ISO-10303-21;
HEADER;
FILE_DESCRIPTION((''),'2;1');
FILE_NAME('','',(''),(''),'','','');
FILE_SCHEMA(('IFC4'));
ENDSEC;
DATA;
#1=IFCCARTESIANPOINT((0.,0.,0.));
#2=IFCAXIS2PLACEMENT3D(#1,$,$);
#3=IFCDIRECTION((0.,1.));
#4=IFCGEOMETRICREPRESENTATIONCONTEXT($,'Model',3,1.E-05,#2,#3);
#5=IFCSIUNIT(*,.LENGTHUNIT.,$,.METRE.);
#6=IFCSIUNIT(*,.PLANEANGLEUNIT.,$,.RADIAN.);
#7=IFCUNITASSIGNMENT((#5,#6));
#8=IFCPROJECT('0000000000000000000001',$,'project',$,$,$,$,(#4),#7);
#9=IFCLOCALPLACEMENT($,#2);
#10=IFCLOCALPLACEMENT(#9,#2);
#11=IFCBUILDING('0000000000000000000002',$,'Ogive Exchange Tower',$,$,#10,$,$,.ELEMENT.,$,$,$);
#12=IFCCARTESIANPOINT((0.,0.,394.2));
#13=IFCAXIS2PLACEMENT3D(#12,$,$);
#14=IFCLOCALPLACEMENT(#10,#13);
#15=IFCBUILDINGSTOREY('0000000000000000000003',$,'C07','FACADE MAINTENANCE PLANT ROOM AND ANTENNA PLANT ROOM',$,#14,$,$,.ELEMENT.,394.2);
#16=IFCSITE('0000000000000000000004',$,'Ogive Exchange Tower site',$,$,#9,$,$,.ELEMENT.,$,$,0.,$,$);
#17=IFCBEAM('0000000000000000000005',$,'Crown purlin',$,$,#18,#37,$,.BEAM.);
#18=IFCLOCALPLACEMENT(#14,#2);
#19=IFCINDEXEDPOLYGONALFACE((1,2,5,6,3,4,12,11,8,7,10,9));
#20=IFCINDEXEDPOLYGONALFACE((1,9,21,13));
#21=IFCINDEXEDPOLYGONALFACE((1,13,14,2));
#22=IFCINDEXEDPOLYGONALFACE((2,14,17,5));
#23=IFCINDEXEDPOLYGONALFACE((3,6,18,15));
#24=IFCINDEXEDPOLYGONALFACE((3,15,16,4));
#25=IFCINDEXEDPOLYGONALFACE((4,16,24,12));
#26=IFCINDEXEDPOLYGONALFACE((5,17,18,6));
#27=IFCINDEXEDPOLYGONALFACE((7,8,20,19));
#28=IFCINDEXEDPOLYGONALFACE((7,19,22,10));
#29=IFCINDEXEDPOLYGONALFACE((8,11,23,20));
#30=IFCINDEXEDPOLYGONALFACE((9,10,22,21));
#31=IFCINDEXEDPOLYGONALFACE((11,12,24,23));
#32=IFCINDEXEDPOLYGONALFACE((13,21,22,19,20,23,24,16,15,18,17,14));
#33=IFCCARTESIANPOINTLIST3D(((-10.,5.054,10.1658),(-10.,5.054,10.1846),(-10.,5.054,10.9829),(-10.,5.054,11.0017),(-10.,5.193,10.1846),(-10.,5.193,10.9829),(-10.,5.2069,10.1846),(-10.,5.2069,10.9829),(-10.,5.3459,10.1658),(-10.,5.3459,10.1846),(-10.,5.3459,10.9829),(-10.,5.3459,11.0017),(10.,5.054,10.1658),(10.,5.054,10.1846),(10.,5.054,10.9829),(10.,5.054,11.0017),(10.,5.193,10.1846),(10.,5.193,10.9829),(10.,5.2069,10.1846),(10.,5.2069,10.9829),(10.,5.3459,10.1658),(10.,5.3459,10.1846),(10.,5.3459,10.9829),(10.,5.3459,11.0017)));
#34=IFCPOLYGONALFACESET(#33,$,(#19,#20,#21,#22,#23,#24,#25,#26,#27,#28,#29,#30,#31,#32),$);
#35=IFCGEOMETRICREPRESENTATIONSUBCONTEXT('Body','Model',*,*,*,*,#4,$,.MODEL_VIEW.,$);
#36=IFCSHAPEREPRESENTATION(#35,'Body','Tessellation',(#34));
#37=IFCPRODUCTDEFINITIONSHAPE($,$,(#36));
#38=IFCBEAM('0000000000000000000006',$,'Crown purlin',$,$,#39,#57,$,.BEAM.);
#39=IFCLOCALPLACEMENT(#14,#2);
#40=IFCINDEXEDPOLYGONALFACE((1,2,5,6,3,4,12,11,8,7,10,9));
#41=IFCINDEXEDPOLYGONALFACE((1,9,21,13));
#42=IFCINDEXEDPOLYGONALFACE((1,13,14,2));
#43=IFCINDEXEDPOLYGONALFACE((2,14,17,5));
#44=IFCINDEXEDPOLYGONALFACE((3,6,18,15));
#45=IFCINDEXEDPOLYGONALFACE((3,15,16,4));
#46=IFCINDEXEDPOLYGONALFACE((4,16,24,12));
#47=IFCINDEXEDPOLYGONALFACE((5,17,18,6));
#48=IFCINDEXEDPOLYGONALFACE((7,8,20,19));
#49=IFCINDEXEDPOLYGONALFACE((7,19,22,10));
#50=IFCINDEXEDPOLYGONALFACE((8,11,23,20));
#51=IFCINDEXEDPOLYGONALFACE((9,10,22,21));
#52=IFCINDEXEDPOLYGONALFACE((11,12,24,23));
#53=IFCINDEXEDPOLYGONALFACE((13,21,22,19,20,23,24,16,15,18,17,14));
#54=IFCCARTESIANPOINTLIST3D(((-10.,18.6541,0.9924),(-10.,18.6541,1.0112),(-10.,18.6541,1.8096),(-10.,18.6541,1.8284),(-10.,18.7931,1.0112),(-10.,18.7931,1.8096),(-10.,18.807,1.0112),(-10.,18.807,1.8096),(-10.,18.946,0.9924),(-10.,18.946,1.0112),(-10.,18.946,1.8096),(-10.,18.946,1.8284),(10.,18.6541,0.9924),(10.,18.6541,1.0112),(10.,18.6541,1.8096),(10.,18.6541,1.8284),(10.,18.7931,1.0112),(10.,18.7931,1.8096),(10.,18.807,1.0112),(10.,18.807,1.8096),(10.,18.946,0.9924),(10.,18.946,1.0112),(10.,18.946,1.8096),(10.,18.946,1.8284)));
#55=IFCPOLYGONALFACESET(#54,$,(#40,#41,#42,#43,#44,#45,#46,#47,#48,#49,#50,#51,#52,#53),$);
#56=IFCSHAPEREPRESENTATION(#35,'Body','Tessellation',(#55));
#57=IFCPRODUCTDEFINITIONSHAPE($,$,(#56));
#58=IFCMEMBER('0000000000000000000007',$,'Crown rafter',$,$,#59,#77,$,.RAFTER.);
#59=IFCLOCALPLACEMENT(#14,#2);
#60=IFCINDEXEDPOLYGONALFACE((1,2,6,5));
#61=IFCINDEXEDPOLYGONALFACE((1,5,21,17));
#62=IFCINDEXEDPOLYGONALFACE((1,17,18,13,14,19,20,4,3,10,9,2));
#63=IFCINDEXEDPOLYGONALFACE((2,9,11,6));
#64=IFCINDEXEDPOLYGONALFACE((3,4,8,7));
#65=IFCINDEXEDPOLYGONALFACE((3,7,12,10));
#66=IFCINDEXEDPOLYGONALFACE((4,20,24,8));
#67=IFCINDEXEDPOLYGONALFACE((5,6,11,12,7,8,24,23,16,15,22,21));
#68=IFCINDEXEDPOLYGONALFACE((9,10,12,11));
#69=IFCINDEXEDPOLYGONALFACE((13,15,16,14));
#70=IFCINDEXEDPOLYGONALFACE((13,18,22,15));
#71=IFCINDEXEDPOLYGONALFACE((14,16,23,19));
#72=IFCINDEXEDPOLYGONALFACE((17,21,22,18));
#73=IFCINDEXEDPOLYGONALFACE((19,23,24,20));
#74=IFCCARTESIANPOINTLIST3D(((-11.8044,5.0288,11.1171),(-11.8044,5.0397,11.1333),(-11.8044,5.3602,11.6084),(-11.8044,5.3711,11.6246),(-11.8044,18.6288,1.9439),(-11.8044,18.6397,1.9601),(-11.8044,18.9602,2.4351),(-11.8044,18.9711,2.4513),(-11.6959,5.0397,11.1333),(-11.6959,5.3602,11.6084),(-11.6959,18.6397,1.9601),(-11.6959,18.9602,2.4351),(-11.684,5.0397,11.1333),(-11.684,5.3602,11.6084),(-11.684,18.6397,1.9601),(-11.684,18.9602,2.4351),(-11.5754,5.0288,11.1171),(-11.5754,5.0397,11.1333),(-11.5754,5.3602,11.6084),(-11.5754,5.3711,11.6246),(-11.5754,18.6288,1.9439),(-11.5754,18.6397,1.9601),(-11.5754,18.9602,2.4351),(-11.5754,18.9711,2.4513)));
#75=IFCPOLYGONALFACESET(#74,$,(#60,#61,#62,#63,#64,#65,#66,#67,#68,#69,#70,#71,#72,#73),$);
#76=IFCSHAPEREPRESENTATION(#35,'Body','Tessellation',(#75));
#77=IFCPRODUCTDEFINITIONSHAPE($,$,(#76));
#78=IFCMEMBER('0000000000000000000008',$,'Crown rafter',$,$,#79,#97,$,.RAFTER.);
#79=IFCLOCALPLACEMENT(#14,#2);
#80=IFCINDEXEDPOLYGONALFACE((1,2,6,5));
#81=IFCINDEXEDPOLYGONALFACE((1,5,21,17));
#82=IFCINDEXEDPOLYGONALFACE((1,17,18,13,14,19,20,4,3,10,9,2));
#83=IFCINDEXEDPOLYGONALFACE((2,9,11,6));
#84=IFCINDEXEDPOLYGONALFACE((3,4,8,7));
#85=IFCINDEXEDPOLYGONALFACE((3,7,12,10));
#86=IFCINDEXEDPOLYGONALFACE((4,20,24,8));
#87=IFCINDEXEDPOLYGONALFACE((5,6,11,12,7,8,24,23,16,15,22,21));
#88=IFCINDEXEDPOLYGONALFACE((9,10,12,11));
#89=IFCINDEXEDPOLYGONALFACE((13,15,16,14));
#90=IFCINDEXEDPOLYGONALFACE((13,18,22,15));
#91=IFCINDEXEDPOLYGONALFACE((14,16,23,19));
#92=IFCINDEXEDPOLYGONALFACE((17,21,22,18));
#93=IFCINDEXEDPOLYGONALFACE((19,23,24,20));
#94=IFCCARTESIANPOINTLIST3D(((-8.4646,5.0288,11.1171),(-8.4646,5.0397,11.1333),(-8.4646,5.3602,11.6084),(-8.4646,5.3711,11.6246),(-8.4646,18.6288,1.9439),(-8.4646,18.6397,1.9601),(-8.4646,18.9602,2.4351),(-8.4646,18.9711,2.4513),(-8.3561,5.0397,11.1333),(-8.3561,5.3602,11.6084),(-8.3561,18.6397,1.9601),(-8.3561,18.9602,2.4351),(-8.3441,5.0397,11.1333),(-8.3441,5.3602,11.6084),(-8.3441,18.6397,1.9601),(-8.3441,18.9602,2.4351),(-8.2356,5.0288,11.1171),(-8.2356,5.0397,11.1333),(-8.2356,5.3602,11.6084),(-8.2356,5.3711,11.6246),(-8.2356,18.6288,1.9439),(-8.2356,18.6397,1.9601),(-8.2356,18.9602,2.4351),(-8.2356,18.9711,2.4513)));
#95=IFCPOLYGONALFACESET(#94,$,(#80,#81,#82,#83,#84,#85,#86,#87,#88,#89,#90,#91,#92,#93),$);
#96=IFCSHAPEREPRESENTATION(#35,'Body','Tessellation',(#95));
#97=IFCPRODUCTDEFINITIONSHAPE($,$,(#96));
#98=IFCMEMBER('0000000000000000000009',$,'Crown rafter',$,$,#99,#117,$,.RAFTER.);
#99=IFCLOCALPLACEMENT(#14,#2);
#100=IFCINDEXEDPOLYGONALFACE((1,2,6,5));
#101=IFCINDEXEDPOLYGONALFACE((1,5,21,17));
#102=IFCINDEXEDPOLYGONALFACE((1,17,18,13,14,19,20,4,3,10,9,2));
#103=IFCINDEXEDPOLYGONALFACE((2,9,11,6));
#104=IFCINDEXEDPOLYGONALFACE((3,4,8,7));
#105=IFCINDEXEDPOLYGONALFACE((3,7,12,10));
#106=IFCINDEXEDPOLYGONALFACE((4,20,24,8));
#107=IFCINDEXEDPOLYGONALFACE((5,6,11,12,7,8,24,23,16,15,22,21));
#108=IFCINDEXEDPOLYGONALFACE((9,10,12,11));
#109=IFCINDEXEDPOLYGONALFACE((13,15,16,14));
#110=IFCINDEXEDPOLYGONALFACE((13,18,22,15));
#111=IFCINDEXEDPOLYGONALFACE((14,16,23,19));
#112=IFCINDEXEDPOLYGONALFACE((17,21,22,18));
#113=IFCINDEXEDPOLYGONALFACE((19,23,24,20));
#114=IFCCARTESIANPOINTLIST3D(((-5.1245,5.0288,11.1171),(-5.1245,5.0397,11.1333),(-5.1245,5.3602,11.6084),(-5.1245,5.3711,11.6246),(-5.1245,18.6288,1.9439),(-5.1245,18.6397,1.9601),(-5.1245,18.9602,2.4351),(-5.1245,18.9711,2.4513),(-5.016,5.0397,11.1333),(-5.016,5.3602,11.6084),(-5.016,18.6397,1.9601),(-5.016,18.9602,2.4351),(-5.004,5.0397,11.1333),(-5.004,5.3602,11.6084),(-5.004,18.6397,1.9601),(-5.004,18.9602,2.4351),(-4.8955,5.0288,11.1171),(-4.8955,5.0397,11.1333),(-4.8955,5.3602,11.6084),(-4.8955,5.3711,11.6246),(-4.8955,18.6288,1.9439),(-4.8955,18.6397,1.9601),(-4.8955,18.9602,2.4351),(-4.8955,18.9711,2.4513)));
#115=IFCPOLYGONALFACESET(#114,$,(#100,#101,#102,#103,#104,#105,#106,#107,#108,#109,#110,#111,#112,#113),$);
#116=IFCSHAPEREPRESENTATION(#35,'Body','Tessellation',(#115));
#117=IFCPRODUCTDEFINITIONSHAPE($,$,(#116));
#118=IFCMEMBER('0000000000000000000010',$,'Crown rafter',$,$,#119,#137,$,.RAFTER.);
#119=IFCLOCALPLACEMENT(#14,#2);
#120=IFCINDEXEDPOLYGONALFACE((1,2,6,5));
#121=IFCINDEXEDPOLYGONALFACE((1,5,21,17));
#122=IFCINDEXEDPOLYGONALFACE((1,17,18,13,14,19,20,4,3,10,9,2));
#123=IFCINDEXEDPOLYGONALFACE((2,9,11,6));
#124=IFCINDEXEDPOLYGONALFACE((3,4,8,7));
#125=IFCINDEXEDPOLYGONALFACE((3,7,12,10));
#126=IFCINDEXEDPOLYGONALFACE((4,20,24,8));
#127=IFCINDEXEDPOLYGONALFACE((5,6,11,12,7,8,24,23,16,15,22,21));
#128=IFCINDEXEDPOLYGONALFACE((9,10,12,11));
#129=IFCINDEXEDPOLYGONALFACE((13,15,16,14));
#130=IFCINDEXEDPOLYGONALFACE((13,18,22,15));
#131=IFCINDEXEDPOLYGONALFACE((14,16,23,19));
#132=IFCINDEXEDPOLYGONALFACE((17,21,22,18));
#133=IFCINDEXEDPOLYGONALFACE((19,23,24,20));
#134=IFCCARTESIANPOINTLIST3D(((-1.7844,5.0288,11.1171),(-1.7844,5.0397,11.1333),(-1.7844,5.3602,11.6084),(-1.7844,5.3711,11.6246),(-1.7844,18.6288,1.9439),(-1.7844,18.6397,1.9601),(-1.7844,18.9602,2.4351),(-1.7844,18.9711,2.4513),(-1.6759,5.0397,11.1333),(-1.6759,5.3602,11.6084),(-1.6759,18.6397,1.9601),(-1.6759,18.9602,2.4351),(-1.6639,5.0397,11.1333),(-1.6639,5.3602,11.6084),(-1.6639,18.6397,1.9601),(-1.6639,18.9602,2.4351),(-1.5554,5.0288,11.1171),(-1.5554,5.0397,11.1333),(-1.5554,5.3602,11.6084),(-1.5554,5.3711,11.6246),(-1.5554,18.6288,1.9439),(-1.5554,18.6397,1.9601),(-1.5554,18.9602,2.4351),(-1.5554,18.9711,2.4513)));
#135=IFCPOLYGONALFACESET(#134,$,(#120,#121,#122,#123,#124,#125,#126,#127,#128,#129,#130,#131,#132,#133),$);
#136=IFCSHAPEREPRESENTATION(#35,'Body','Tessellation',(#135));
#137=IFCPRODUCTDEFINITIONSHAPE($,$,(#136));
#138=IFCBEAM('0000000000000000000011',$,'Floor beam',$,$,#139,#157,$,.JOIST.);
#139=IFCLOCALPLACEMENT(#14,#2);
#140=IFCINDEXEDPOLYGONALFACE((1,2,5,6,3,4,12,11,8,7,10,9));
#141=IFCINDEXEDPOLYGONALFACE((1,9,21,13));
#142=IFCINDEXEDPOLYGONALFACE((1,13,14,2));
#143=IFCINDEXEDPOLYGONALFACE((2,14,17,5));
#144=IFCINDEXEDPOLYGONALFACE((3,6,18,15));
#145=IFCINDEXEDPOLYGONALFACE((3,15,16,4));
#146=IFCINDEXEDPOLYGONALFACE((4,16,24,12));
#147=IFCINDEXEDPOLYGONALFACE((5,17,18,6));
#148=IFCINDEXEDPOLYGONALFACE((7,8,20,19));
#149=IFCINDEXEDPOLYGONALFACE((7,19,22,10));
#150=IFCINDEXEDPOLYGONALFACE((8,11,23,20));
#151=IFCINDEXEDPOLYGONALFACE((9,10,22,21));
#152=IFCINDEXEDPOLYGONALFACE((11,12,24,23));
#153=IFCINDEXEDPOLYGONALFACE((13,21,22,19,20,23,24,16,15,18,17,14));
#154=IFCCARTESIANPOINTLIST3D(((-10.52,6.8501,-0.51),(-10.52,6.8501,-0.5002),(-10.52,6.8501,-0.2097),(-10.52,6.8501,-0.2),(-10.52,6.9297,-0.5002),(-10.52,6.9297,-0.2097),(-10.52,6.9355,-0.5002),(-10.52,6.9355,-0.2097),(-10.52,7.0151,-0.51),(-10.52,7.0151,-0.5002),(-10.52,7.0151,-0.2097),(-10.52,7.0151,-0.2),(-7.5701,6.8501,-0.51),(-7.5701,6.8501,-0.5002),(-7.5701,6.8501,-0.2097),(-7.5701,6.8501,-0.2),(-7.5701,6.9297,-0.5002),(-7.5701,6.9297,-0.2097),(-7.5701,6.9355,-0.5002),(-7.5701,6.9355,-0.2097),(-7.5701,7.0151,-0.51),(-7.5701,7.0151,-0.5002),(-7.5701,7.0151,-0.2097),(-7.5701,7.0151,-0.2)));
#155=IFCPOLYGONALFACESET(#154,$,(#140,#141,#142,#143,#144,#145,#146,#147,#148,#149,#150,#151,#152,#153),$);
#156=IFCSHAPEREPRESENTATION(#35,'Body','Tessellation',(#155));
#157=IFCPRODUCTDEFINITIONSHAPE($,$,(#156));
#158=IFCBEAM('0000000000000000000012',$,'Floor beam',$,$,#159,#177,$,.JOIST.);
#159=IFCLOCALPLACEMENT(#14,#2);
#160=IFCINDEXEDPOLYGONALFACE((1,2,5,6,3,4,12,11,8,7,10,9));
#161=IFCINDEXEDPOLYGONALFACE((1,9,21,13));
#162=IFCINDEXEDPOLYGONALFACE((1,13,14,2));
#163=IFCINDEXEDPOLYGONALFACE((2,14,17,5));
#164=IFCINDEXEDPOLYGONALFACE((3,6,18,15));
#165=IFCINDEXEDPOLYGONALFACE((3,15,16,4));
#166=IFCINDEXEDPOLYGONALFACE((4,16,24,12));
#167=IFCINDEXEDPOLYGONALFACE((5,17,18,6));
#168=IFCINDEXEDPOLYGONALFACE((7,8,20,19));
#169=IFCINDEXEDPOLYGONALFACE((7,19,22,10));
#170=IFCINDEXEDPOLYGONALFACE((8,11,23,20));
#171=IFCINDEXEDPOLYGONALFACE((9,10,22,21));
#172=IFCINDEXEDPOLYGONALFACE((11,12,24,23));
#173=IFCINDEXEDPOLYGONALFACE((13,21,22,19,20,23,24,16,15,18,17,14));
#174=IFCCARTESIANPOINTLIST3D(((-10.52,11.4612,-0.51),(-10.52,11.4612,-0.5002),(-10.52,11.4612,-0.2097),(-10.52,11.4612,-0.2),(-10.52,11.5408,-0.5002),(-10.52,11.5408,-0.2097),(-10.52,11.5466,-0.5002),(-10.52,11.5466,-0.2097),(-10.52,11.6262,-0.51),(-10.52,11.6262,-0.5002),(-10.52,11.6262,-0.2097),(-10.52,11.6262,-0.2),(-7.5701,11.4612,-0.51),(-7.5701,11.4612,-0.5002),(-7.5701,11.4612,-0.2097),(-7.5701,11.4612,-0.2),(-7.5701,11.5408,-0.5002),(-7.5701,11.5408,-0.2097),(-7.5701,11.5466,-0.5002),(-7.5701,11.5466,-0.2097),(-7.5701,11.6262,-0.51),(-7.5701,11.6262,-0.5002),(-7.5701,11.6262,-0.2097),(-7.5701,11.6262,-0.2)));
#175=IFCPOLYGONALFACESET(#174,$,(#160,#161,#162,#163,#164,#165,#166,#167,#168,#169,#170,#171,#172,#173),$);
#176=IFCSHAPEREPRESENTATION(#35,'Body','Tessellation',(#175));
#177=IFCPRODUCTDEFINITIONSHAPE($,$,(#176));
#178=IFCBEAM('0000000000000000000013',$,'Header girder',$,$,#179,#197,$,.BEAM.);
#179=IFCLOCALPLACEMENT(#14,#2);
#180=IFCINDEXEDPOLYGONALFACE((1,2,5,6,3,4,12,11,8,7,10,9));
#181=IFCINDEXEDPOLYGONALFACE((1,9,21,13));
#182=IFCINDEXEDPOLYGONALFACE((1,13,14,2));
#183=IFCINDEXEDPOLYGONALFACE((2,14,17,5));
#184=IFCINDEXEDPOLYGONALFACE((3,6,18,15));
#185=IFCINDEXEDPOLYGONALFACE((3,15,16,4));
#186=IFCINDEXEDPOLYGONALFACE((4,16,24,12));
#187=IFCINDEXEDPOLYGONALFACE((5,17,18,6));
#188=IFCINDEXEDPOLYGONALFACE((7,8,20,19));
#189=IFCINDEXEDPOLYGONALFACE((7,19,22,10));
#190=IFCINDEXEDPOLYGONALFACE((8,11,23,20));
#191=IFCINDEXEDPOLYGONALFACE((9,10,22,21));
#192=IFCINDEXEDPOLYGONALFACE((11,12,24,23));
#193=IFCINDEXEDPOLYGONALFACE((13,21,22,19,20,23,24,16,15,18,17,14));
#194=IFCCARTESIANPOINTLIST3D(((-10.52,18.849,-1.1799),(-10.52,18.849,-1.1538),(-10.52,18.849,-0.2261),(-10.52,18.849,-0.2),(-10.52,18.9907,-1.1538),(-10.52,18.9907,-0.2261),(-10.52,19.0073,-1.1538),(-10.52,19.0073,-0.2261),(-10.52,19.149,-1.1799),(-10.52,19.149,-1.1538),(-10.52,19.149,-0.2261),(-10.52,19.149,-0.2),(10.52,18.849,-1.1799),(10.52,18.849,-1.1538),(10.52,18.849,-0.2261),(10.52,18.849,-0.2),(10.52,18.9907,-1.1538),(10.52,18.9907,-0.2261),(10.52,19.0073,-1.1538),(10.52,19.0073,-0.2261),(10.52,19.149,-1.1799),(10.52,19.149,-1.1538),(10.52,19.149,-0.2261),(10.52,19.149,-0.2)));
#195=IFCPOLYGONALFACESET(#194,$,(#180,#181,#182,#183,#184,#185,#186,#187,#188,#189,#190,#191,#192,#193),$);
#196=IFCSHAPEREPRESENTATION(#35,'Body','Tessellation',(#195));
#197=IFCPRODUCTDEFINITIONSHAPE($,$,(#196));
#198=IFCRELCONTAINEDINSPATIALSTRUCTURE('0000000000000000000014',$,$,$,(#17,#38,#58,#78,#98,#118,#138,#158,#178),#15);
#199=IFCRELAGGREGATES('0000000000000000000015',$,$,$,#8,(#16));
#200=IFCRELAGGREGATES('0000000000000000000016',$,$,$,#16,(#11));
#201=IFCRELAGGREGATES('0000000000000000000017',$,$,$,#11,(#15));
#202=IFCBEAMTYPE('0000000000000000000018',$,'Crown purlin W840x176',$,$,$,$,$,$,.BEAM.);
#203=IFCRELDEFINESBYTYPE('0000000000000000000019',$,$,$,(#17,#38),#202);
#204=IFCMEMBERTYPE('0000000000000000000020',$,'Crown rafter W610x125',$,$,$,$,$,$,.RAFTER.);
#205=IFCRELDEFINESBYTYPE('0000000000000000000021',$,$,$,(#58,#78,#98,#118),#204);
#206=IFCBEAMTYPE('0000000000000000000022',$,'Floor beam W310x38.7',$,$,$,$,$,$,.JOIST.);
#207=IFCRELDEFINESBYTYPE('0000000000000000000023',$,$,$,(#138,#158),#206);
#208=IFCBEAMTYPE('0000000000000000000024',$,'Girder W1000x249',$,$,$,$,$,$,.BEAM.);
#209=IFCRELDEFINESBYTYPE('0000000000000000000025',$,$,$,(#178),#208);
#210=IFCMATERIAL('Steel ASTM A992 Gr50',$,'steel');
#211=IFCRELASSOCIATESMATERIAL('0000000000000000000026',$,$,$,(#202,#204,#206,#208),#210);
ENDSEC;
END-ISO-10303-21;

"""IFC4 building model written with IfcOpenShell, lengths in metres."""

from ifc_helpers import new_model, si_unit, direction, frame, origin, origin_2d, place, context, subcontext, project, spatial, i_section, extrude, material, material_profile, profile_set, type_object, element, save


model = new_model("IFC4")

# Units and contexts
model_context = context("Model", 3, precision=1e-05, world=origin(), true_north=direction((0.0, 1.0)))
body_context = subcontext(model_context, "Body", "Model", "MODEL_VIEW")
ifc_project = project(units=[si_unit("LENGTHUNIT", "METRE"), si_unit("PLANEANGLEUNIT", "RADIAN")], contexts=[model_context])

# Site, building, storey
site_placement = place(None, origin())
site = spatial("IfcSite", under=ifc_project, at=site_placement, Name="Ogive Exchange Tower site", CompositionType="ELEMENT", RefElevation=0.0)
building_placement = place(site_placement, origin())
building = spatial("IfcBuilding", under=site, at=building_placement, Name="Ogive Exchange Tower", CompositionType="ELEMENT")
storey_placement = place(building_placement, frame((0.0, 0.0, 394.2)))
storey = spatial("IfcBuildingStorey", under=building, at=storey_placement, Name="C07", Description="FACADE MAINTENANCE PLANT ROOM AND ANTENNA PLANT ROOM", CompositionType="ELEMENT", Elevation=394.2)

# Beams
ifc_material_1 = material(Name="Steel ASTM A992 Gr50", Category="steel")
ifc_material_profile_1 = material_profile(ifc_material_1, i_section(OverallWidth=0.292, OverallDepth=0.8359, WebThickness=0.0139, FlangeThickness=0.0188, at=origin_2d()), Name="W840x176")
ifc_profile_set_1 = profile_set([ifc_material_profile_1], Name="Steel ASTM A992 Gr50")
beam_type_1 = type_object("IfcBeamType", Name="Crown purlin W840x176", PredefinedType="BEAM", material=ifc_profile_set_1)
for number, where, z_axis, x_axis, name in (
    (1, (-10.0, 5.2, 10.5837), (1.0, 0.0, 0.0), (0.0, 1.0, 0.0), "Crown purlin"),
    (2, (-10.0, 18.8, 1.4104), (1.0, 0.0, 0.0), (0.0, 1.0, 0.0), "Crown purlin"),
):
    element("IfcBeam", number, at=place(storey_placement, frame(where, z_axis=z_axis, x_axis=x_axis)), inside=storey, type_object=beam_type_1, Name=name, PredefinedType="BEAM", context=body_context, shape_type="SweptSolid", body=[
        extrude(i_section(OverallWidth=0.292, OverallDepth=0.8359, WebThickness=0.0139, FlangeThickness=0.0188, at=origin_2d()), origin(), (0.0, 0.0, 1.0), 20.0),
    ])

# Members
ifc_material_profile_2 = material_profile(ifc_material_1, i_section(OverallWidth=0.229, OverallDepth=0.6121, WebThickness=0.012, FlangeThickness=0.0195, at=origin_2d()), Name="W610x125")
ifc_profile_set_2 = profile_set([ifc_material_profile_2], Name="Steel ASTM A992 Gr50")
member_type = type_object("IfcMemberType", Name="Crown rafter W610x125", PredefinedType="RAFTER", material=ifc_profile_set_2)
for number, where, z_axis, x_axis, name in (
    (3, (-11.6899, 5.2, 11.3708), (0.0, 0.829039, -0.559191), (-1.0, 0.0, 0.0), "Crown rafter"),
    (4, (-8.3501, 5.2, 11.3708), (0.0, 0.829039, -0.559191), (-1.0, 0.0, 0.0), "Crown rafter"),
    (5, (-5.01, 5.2, 11.3708), (0.0, 0.829039, -0.559191), (-1.0, 0.0, 0.0), "Crown rafter"),
    (6, (-1.6699, 5.2, 11.3708), (0.0, 0.829039, -0.559191), (-1.0, 0.0, 0.0), "Crown rafter"),
):
    element("IfcMember", number, at=place(storey_placement, frame(where, z_axis=z_axis, x_axis=x_axis)), inside=storey, type_object=member_type, Name=name, PredefinedType="RAFTER", context=body_context, shape_type="SweptSolid", body=[
        extrude(i_section(OverallWidth=0.229, OverallDepth=0.6121, WebThickness=0.012, FlangeThickness=0.0195, at=origin_2d()), origin(), (0.0, 0.0, 1.0), 16.4045),
    ])

# Beams
ifc_material_profile_3 = material_profile(ifc_material_1, i_section(OverallWidth=0.165, OverallDepth=0.3101, WebThickness=0.0059, FlangeThickness=0.0098, at=origin_2d()), Name="W310x38.7")
ifc_profile_set_3 = profile_set([ifc_material_profile_3], Name="Steel ASTM A992 Gr50")
beam_type_2 = type_object("IfcBeamType", Name="Floor beam W310x38.7", PredefinedType="JOIST", material=ifc_profile_set_3)
for number, where, z_axis, x_axis, name in (
    (7, (-10.52, 6.9326, -0.355), (1.0, 0.0, 0.0), (0.0, 1.0, 0.0), "Floor beam"),
    (8, (-10.52, 11.5437, -0.355), (1.0, 0.0, 0.0), (0.0, 1.0, 0.0), "Floor beam"),
):
    element("IfcBeam", number, at=place(storey_placement, frame(where, z_axis=z_axis, x_axis=x_axis)), inside=storey, type_object=beam_type_2, Name=name, PredefinedType="JOIST", context=body_context, shape_type="SweptSolid", body=[
        extrude(i_section(OverallWidth=0.165, OverallDepth=0.3101, WebThickness=0.0059, FlangeThickness=0.0098, at=origin_2d()), origin(), (0.0, 0.0, 1.0), 2.95),
    ])
ifc_material_profile_4 = material_profile(ifc_material_1, i_section(OverallWidth=0.3, OverallDepth=0.98, WebThickness=0.0166, FlangeThickness=0.0261, at=origin_2d()), Name="W1000x249")
ifc_profile_set_4 = profile_set([ifc_material_profile_4], Name="Steel ASTM A992 Gr50")
beam_type_3 = type_object("IfcBeamType", Name="Girder W1000x249", PredefinedType="BEAM", material=ifc_profile_set_4)
beam_1_placement = place(storey_placement, frame((-10.52, 18.999, -0.6899), z_axis=(1.0, 0.0, 0.0), x_axis=(0.0, 1.0, 0.0)))
element("IfcBeam", 9, at=beam_1_placement, inside=storey, type_object=beam_type_3, Name="Header girder", PredefinedType="BEAM", context=body_context, shape_type="SweptSolid", body=[
    extrude(i_section(OverallWidth=0.3, OverallDepth=0.98, WebThickness=0.0166, FlangeThickness=0.0261, at=origin_2d()), origin(), (0.0, 0.0, 1.0), 21.04),
])

save(model, "model.ifc")
